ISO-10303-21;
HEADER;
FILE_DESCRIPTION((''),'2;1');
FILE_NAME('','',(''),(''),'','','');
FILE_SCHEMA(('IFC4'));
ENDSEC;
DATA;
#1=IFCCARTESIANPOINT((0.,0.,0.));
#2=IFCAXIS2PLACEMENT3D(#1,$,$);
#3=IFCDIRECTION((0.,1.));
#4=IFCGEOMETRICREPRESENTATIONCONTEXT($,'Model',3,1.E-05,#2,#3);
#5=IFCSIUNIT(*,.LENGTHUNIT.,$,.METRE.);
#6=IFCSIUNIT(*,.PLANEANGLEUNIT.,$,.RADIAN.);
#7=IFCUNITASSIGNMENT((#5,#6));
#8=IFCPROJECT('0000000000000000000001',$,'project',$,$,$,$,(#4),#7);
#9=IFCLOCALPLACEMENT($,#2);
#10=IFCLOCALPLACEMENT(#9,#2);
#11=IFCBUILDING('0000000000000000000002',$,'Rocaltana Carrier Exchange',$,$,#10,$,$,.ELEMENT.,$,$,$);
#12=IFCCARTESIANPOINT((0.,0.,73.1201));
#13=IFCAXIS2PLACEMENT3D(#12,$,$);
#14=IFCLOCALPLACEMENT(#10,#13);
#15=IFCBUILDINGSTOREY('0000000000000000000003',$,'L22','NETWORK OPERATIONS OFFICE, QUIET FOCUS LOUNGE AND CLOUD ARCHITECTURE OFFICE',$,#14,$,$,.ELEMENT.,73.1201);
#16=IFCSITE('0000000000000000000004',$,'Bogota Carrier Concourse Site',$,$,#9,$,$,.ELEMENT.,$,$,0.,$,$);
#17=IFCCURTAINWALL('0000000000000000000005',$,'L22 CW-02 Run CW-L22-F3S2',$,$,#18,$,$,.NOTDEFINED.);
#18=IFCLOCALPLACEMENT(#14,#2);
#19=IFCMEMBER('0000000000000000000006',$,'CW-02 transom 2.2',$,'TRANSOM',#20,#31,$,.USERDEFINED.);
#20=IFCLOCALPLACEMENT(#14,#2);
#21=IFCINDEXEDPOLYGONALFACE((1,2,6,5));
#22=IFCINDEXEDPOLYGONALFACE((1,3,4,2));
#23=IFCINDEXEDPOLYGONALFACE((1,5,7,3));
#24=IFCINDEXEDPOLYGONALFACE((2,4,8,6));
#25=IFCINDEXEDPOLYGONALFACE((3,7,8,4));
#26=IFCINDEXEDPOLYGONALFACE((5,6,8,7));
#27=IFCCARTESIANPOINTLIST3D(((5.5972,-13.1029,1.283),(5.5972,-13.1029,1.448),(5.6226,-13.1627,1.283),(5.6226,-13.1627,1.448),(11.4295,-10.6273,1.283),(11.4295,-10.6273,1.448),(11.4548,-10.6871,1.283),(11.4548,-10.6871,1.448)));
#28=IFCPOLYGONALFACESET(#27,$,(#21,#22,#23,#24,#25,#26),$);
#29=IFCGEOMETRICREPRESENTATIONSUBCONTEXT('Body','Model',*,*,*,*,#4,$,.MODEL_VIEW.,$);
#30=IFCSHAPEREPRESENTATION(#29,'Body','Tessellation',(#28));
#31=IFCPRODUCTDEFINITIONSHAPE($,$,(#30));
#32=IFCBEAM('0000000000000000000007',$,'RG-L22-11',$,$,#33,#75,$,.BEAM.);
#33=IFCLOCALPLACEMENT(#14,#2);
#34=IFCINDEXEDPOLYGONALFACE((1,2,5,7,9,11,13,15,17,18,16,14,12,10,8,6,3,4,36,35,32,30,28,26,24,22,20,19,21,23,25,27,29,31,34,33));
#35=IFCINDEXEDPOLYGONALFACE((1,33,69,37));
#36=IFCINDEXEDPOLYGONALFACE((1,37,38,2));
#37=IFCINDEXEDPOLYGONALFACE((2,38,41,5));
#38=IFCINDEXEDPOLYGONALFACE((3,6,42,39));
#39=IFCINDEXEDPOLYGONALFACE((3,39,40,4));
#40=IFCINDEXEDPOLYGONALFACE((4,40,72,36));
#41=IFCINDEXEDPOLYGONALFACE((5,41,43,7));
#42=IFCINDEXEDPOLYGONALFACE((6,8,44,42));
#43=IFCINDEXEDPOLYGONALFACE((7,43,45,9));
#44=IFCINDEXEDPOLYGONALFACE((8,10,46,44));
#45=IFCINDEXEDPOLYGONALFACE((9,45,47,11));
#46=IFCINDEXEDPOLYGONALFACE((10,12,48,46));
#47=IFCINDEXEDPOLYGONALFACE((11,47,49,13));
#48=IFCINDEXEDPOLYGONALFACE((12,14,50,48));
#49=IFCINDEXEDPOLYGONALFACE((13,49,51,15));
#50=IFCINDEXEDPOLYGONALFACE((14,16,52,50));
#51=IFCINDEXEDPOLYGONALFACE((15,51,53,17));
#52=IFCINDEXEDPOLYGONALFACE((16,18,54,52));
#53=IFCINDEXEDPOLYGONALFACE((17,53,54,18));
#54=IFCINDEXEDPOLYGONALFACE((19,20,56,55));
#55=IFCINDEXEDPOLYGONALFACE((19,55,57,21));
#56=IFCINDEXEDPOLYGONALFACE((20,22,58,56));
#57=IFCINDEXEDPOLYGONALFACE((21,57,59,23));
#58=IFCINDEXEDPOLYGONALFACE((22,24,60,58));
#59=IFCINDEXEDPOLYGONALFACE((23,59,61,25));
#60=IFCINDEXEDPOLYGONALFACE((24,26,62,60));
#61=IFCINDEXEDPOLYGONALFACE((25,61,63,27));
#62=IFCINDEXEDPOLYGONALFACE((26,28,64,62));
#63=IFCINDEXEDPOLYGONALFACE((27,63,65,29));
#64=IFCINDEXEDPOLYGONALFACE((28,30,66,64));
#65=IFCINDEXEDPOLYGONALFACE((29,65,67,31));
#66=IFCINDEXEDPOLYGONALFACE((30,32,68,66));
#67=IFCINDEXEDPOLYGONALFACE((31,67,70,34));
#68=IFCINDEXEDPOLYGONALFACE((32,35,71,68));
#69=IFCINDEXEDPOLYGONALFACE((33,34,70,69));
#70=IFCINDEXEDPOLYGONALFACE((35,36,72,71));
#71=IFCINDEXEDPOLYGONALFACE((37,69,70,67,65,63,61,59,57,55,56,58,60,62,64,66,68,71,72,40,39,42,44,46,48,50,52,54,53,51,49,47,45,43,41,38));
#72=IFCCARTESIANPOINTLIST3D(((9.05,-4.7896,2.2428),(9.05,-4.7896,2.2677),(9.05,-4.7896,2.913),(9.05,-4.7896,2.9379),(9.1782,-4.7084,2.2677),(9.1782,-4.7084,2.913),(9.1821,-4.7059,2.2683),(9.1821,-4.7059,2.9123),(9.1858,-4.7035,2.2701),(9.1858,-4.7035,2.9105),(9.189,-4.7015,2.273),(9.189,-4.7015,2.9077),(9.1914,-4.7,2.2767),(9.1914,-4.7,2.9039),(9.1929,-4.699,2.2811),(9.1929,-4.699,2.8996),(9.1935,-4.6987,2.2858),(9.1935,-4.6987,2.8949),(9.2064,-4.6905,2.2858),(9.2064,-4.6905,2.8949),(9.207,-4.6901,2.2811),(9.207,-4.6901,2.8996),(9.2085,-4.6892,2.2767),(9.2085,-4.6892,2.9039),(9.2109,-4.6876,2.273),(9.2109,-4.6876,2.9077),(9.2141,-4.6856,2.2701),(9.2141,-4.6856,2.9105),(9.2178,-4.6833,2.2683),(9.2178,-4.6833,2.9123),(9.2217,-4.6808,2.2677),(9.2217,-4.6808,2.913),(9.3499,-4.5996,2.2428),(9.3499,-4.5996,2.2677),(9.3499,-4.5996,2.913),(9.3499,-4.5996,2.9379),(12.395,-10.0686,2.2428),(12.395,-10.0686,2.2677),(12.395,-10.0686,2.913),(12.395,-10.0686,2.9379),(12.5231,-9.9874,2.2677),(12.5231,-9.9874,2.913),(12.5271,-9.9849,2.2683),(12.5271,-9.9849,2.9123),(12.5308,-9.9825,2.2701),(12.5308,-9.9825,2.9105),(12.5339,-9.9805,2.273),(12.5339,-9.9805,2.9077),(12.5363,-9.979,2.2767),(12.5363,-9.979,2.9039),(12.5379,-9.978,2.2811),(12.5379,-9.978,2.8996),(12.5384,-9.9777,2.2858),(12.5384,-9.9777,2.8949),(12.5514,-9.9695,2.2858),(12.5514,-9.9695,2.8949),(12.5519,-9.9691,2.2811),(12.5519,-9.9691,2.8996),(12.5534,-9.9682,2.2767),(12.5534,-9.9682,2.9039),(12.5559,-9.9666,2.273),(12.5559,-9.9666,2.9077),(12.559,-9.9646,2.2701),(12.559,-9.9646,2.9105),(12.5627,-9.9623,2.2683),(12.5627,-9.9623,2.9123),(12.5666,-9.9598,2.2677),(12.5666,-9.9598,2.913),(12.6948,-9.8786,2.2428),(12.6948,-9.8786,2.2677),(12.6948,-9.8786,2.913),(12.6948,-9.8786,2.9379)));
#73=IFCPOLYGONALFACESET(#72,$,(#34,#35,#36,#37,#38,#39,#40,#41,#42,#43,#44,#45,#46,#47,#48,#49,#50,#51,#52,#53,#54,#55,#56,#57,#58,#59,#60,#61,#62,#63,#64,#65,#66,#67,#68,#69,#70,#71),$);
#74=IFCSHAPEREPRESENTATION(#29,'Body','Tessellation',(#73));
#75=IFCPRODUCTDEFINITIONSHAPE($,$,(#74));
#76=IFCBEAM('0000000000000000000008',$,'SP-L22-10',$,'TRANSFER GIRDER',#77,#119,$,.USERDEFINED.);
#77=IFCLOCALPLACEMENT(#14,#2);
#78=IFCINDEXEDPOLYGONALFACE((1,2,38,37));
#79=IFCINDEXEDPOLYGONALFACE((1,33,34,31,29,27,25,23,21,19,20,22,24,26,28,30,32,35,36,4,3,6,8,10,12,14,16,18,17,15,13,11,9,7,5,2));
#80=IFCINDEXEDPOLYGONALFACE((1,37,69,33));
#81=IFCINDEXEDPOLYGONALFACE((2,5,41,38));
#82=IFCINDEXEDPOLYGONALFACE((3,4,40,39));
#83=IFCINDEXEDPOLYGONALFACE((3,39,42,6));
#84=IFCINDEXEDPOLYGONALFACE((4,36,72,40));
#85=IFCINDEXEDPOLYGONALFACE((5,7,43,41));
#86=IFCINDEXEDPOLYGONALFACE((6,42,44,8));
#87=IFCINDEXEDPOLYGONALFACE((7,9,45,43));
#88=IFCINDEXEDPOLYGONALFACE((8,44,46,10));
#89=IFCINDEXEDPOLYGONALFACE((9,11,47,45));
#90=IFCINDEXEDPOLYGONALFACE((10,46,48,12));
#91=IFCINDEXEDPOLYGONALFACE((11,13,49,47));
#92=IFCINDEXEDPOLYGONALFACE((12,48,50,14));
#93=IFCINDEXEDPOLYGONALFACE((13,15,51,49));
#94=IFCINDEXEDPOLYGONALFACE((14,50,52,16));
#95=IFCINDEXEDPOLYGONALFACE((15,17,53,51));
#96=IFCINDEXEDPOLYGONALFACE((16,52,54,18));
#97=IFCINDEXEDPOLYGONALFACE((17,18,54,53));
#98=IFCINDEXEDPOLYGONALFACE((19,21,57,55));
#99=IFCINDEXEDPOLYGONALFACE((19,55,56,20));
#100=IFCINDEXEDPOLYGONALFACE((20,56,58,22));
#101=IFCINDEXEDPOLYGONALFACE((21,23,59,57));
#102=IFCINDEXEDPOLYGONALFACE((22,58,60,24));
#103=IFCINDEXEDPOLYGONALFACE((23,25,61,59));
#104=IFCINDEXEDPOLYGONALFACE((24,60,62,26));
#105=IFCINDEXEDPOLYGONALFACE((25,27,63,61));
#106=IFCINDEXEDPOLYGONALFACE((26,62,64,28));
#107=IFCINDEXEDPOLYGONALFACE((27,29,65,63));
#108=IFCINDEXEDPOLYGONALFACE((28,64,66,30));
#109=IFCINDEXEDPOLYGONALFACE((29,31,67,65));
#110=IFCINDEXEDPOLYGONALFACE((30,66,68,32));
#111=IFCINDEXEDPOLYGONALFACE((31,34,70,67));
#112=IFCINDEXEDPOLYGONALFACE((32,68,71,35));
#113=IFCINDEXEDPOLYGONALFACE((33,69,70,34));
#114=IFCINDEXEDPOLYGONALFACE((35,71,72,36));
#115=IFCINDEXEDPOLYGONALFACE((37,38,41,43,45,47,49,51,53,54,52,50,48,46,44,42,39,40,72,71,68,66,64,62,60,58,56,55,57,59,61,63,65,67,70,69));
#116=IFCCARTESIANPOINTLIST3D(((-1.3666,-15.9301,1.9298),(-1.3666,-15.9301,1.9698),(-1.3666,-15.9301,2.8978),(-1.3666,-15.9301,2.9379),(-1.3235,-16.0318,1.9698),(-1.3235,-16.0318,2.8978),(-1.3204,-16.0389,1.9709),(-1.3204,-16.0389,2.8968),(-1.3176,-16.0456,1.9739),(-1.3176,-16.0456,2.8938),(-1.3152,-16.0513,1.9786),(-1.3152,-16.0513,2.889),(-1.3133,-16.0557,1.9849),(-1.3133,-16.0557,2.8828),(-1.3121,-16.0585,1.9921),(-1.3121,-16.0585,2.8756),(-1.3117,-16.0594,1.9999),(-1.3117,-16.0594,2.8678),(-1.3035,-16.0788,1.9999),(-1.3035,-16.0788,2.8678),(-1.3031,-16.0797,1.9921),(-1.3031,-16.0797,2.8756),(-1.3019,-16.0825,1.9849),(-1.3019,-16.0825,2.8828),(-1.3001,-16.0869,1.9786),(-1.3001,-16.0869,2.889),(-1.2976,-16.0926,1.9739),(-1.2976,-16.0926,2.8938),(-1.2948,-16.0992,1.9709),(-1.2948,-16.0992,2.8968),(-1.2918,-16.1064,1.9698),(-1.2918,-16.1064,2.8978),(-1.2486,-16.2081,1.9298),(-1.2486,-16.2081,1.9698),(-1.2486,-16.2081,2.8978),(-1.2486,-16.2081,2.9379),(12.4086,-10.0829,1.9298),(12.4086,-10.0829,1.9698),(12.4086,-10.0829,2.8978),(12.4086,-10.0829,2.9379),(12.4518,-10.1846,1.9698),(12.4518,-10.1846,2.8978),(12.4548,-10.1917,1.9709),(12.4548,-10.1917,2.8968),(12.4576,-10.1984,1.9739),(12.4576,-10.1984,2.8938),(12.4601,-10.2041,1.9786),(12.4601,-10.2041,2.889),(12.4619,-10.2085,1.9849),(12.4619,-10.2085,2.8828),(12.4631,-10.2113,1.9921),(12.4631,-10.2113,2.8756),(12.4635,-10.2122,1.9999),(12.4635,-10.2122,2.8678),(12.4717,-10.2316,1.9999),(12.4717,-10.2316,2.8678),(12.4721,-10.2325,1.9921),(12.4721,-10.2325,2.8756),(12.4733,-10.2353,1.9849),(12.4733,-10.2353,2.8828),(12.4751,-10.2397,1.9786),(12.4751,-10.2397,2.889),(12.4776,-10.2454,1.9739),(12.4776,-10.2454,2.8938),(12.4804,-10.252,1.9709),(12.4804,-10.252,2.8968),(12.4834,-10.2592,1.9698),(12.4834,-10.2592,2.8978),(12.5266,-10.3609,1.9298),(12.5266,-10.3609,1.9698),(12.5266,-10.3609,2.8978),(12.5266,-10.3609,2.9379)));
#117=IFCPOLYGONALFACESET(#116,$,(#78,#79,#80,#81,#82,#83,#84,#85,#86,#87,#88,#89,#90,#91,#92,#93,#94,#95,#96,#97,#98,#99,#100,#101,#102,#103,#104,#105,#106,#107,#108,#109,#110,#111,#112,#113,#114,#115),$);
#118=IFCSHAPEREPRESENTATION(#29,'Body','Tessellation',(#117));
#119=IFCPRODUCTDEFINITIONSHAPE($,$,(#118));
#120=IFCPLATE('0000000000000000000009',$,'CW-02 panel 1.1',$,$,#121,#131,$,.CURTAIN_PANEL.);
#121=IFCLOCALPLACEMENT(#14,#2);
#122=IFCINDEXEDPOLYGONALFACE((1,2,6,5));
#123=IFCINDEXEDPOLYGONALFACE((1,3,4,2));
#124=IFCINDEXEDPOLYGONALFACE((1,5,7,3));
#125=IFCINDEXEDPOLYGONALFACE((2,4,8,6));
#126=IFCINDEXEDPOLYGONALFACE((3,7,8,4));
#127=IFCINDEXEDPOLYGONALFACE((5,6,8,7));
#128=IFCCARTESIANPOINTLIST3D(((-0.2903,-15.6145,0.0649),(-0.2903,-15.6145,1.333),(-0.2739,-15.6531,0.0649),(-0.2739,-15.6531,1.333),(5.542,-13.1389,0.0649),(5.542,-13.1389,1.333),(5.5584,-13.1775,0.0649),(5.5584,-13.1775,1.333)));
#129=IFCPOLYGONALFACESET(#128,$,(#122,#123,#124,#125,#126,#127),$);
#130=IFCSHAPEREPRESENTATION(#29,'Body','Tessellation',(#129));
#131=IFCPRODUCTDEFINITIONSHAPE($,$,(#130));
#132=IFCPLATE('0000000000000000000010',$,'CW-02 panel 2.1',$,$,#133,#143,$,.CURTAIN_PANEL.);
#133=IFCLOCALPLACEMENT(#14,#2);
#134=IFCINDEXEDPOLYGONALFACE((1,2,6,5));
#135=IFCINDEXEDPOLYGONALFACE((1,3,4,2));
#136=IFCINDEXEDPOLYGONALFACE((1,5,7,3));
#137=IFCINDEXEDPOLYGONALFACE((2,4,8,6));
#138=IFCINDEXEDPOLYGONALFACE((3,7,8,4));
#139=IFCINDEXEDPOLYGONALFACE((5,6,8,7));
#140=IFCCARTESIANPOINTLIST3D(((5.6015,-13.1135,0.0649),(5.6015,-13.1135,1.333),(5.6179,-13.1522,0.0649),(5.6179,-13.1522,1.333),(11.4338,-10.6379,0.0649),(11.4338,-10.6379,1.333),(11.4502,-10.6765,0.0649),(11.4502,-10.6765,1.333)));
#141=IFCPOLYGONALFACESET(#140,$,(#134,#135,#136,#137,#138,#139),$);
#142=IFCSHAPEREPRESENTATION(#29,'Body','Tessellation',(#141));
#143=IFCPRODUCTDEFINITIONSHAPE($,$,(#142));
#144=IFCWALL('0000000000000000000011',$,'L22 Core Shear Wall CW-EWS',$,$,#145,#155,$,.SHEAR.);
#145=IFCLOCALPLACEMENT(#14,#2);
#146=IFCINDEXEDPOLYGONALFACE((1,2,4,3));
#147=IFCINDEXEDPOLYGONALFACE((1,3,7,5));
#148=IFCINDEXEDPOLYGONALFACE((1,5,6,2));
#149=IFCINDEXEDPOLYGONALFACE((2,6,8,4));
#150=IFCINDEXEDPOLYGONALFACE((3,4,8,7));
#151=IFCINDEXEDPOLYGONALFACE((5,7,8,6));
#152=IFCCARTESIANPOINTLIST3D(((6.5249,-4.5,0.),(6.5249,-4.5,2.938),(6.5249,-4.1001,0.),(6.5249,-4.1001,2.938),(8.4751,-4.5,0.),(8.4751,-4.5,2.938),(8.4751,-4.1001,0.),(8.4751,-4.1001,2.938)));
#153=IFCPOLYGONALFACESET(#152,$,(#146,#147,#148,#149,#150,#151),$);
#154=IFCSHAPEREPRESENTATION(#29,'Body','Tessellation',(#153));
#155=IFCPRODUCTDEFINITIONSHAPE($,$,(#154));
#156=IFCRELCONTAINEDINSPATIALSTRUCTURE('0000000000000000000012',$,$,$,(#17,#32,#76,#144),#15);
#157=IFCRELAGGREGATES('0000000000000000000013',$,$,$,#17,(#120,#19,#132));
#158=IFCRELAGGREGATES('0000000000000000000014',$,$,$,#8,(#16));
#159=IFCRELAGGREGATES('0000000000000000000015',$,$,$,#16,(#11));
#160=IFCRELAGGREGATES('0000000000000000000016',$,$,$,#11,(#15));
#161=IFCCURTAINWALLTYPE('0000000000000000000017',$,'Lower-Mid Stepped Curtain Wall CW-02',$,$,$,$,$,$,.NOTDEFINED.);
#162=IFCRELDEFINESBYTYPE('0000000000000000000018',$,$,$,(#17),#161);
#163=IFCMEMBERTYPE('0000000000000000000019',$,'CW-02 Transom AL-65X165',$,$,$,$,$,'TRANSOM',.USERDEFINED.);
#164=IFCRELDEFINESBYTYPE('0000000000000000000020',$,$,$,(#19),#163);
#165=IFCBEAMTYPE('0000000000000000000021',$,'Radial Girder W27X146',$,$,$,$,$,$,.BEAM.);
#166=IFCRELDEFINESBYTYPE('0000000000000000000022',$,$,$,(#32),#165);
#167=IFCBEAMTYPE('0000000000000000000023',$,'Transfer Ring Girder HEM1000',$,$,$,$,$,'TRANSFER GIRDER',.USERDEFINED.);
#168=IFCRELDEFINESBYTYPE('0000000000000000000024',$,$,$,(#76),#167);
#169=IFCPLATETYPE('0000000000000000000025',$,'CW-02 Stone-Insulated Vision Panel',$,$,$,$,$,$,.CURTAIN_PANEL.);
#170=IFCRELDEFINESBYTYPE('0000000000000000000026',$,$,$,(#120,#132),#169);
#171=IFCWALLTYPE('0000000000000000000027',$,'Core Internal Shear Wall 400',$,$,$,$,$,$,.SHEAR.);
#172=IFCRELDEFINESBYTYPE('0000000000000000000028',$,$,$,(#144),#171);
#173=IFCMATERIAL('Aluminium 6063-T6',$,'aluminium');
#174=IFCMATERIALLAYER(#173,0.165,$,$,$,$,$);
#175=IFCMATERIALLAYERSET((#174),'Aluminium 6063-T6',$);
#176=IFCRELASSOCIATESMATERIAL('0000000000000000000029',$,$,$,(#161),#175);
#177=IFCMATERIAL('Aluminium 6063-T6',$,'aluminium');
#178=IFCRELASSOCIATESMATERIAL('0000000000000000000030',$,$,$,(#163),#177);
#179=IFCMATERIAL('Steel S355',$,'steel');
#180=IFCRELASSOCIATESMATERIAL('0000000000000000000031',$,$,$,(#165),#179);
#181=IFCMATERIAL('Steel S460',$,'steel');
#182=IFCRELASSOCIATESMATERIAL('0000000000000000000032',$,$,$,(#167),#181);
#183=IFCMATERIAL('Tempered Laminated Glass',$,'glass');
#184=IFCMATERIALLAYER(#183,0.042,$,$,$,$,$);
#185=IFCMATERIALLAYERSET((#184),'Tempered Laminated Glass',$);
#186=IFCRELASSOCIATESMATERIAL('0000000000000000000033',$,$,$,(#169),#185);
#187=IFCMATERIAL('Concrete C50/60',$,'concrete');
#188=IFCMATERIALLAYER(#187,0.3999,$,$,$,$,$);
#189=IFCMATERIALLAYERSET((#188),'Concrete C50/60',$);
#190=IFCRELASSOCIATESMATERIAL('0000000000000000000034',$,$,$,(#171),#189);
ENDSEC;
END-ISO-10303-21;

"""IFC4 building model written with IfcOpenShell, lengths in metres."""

from ifc_helpers import new_model, si_unit, direction, frame, frame_2d, origin, origin_2d, place, context, subcontext, project, spatial, rectangle, i_section, extrude, material, layer, layer_set, material_profile, profile_set, type_object, element, aggregate, save


model = new_model("IFC4")

# Units and contexts
model_context = context("Model", 3, precision=1e-05, world=origin(), true_north=direction((0.0, 1.0)))
body_context = subcontext(model_context, "Body", "Model", "MODEL_VIEW")
ifc_project = project(units=[si_unit("LENGTHUNIT", "METRE"), si_unit("PLANEANGLEUNIT", "RADIAN")], contexts=[model_context])

# Site, building, storey
site_placement = place(None, origin())
site = spatial("IfcSite", under=ifc_project, at=site_placement, Name="Bogota Carrier Concourse Site", CompositionType="ELEMENT", RefElevation=0.0)
building_placement = place(site_placement, origin())
building = spatial("IfcBuilding", under=site, at=building_placement, Name="Rocaltana Carrier Exchange", CompositionType="ELEMENT")
storey_placement = place(building_placement, frame((0.0, 0.0, 73.1201)))
storey = spatial("IfcBuildingStorey", under=building, at=storey_placement, Name="L22", Description="NETWORK OPERATIONS OFFICE, QUIET FOCUS LOUNGE AND CLOUD ARCHITECTURE OFFICE", CompositionType="ELEMENT", Elevation=73.1201)

# Curtain wall, member
ifc_material_1 = material(Name="Aluminium 6063-T6", Category="aluminium")
ifc_layer_1 = layer(ifc_material_1, 0.165)
ifc_layer_set_1 = layer_set([ifc_layer_1], Name="Aluminium 6063-T6")
curtain_wall_type = type_object("IfcCurtainWallType", Name="Lower-Mid Stepped Curtain Wall CW-02", PredefinedType="NOTDEFINED", material=ifc_layer_set_1)
curtain_wall_placement = place(storey_placement, origin())
curtain_wall = element("IfcCurtainWall", 1, at=curtain_wall_placement, inside=storey, type_object=curtain_wall_type, Name="L22 CW-02 Run CW-L22-F3S2", PredefinedType="NOTDEFINED")
ifc_material_2 = material(Name="Aluminium 6063-T6", Category="aluminium")
ifc_material_profile_1 = material_profile(ifc_material_2, rectangle(XDim=0.0649, YDim=0.165, at=origin_2d()), Name="AL-65X165")
ifc_profile_set_1 = profile_set([ifc_material_profile_1], Name="Aluminium 6063-T6")
member_type_1 = type_object("IfcMemberType", Name="CW-02 Transom AL-65X165", ElementType="TRANSOM", PredefinedType="USERDEFINED", material=ifc_profile_set_1)
member_1_placement = place(storey_placement, frame((5.6099, -13.1328, 1.3655), z_axis=(0.920509, 0.390722, 0.0), x_axis=(-0.390722, 0.920509, 0.0)))
member_1 = element("IfcMember", 2, at=member_1_placement, type_object=member_type_1, Name="CW-02 transom 2.2", ObjectType="TRANSOM", PredefinedType="USERDEFINED", context=body_context, shape_type="SweptSolid", body=[
    extrude(rectangle(XDim=0.0649, YDim=0.165, at=origin_2d()), origin(), (0.0, 0.0, 1.0), 6.3359),
])

# Beams
ifc_material_3 = material(Name="Steel S355", Category="steel")
ifc_material_profile_2 = material_profile(ifc_material_3, i_section(OverallWidth=0.355, OverallDepth=0.6951, WebThickness=0.0154, FlangeThickness=0.0249, FilletRadius=0.0181, at=origin_2d()), Name="W27X146")
ifc_profile_set_2 = profile_set([ifc_material_profile_2], Name="Steel S355")
beam_type_1 = type_object("IfcBeamType", Name="Radial Girder W27X146", PredefinedType="BEAM", material=ifc_profile_set_2)
beam_1_placement = place(storey_placement, frame((9.2, -4.6946, 2.5903), z_axis=(0.535231, -0.844705, 0.0), x_axis=(0.844705, 0.535231, 0.0)))
element("IfcBeam", 3, at=beam_1_placement, inside=storey, type_object=beam_type_1, Name="RG-L22-11", PredefinedType="BEAM", context=body_context, shape_type="SweptSolid", body=[
    extrude(i_section(OverallWidth=0.355, OverallDepth=0.6951, WebThickness=0.0154, FlangeThickness=0.0249, FilletRadius=0.0181, at=origin_2d()), origin(), (0.0, 0.0, 1.0), 6.2495),
])
ifc_material_4 = material(Name="Steel S460", Category="steel")
ifc_material_profile_3 = material_profile(ifc_material_4, i_section(OverallWidth=0.302, OverallDepth=1.0081, WebThickness=0.021, FlangeThickness=0.04, FilletRadius=0.03, at=origin_2d()), Name="HEM1000")
ifc_profile_set_3 = profile_set([ifc_material_profile_3], Name="Steel S460")
beam_type_2 = type_object("IfcBeamType", Name="Transfer Ring Girder HEM1000", ElementType="TRANSFER GIRDER", PredefinedType="USERDEFINED", material=ifc_profile_set_3)
beam_2_placement = place(storey_placement, frame((-1.3076, -16.0691, 2.4338), z_axis=(0.920506, 0.390729, 0.0), x_axis=(-0.390729, 0.920506, 0.0)))
element("IfcBeam", 4, at=beam_2_placement, inside=storey, type_object=beam_type_2, Name="SP-L22-10", ObjectType="TRANSFER GIRDER", PredefinedType="USERDEFINED", context=body_context, shape_type="SweptSolid", body=[
    extrude(i_section(OverallWidth=0.302, OverallDepth=1.0081, WebThickness=0.021, FlangeThickness=0.04, FilletRadius=0.03, at=origin_2d()), origin(), (0.0, 0.0, 1.0), 14.9648),
])

# Plates
ifc_material_5 = material(Name="Tempered Laminated Glass", Category="glass")
ifc_layer_2 = layer(ifc_material_5, 0.042)
ifc_layer_set_2 = layer_set([ifc_layer_2], Name="Tempered Laminated Glass")
plate_type = type_object("IfcPlateType", Name="CW-02 Stone-Insulated Vision Panel", PredefinedType="CURTAIN_PANEL", material=ifc_layer_set_2)
plate_1_placement = place(storey_placement, frame((2.634, -14.396, 0.0649), z_axis=(0.0, 0.0, 1.0), x_axis=(0.920506, 0.390729, 0.0)))
plate_1 = element("IfcPlate", 5, at=plate_1_placement, type_object=plate_type, Name="CW-02 panel 1.1", PredefinedType="CURTAIN_PANEL", context=body_context, shape_type="SweptSolid", body=[
    extrude(rectangle(XDim=6.3359, YDim=0.042, at=origin_2d()), origin(), (0.0, 0.0, 1.0), 1.2681),
])
plate_2_placement = place(storey_placement, frame((8.5259, -11.895, 0.0649), z_axis=(0.0, 0.0, 1.0), x_axis=(0.920506, 0.390729, 0.0)))
plate_2 = element("IfcPlate", 6, at=plate_2_placement, type_object=plate_type, Name="CW-02 panel 2.1", PredefinedType="CURTAIN_PANEL", context=body_context, shape_type="SweptSolid", body=[
    extrude(rectangle(XDim=6.3359, YDim=0.042, at=origin_2d()), origin(), (0.0, 0.0, 1.0), 1.2681),
])
aggregate(curtain_wall, [plate_1, member_1, plate_2])

# Wall
ifc_material_6 = material(Name="Concrete C50/60", Category="concrete")
ifc_layer_3 = layer(ifc_material_6, 0.3999)
ifc_layer_set_3 = layer_set([ifc_layer_3], Name="Concrete C50/60")
wall_type_1 = type_object("IfcWallType", Name="Core Internal Shear Wall 400", PredefinedType="SHEAR", material=ifc_layer_set_3)
wall_1_placement = place(storey_placement, frame((6.5249, -4.3, 0.0), z_axis=(0.0, 0.0, 1.0), x_axis=(1.0, 0.0, 0.0)))
element("IfcWall", 7, at=wall_1_placement, inside=storey, type_object=wall_type_1, Name="L22 Core Shear Wall CW-EWS", PredefinedType="SHEAR", context=body_context, shape_type="SweptSolid", body=[
    extrude(rectangle(XDim=1.9502, YDim=0.3999, at=frame_2d((0.9751, 0.0))), origin(), (0.0, 0.0, 1.0), 2.938),
])

save(model, "model.ifc")
